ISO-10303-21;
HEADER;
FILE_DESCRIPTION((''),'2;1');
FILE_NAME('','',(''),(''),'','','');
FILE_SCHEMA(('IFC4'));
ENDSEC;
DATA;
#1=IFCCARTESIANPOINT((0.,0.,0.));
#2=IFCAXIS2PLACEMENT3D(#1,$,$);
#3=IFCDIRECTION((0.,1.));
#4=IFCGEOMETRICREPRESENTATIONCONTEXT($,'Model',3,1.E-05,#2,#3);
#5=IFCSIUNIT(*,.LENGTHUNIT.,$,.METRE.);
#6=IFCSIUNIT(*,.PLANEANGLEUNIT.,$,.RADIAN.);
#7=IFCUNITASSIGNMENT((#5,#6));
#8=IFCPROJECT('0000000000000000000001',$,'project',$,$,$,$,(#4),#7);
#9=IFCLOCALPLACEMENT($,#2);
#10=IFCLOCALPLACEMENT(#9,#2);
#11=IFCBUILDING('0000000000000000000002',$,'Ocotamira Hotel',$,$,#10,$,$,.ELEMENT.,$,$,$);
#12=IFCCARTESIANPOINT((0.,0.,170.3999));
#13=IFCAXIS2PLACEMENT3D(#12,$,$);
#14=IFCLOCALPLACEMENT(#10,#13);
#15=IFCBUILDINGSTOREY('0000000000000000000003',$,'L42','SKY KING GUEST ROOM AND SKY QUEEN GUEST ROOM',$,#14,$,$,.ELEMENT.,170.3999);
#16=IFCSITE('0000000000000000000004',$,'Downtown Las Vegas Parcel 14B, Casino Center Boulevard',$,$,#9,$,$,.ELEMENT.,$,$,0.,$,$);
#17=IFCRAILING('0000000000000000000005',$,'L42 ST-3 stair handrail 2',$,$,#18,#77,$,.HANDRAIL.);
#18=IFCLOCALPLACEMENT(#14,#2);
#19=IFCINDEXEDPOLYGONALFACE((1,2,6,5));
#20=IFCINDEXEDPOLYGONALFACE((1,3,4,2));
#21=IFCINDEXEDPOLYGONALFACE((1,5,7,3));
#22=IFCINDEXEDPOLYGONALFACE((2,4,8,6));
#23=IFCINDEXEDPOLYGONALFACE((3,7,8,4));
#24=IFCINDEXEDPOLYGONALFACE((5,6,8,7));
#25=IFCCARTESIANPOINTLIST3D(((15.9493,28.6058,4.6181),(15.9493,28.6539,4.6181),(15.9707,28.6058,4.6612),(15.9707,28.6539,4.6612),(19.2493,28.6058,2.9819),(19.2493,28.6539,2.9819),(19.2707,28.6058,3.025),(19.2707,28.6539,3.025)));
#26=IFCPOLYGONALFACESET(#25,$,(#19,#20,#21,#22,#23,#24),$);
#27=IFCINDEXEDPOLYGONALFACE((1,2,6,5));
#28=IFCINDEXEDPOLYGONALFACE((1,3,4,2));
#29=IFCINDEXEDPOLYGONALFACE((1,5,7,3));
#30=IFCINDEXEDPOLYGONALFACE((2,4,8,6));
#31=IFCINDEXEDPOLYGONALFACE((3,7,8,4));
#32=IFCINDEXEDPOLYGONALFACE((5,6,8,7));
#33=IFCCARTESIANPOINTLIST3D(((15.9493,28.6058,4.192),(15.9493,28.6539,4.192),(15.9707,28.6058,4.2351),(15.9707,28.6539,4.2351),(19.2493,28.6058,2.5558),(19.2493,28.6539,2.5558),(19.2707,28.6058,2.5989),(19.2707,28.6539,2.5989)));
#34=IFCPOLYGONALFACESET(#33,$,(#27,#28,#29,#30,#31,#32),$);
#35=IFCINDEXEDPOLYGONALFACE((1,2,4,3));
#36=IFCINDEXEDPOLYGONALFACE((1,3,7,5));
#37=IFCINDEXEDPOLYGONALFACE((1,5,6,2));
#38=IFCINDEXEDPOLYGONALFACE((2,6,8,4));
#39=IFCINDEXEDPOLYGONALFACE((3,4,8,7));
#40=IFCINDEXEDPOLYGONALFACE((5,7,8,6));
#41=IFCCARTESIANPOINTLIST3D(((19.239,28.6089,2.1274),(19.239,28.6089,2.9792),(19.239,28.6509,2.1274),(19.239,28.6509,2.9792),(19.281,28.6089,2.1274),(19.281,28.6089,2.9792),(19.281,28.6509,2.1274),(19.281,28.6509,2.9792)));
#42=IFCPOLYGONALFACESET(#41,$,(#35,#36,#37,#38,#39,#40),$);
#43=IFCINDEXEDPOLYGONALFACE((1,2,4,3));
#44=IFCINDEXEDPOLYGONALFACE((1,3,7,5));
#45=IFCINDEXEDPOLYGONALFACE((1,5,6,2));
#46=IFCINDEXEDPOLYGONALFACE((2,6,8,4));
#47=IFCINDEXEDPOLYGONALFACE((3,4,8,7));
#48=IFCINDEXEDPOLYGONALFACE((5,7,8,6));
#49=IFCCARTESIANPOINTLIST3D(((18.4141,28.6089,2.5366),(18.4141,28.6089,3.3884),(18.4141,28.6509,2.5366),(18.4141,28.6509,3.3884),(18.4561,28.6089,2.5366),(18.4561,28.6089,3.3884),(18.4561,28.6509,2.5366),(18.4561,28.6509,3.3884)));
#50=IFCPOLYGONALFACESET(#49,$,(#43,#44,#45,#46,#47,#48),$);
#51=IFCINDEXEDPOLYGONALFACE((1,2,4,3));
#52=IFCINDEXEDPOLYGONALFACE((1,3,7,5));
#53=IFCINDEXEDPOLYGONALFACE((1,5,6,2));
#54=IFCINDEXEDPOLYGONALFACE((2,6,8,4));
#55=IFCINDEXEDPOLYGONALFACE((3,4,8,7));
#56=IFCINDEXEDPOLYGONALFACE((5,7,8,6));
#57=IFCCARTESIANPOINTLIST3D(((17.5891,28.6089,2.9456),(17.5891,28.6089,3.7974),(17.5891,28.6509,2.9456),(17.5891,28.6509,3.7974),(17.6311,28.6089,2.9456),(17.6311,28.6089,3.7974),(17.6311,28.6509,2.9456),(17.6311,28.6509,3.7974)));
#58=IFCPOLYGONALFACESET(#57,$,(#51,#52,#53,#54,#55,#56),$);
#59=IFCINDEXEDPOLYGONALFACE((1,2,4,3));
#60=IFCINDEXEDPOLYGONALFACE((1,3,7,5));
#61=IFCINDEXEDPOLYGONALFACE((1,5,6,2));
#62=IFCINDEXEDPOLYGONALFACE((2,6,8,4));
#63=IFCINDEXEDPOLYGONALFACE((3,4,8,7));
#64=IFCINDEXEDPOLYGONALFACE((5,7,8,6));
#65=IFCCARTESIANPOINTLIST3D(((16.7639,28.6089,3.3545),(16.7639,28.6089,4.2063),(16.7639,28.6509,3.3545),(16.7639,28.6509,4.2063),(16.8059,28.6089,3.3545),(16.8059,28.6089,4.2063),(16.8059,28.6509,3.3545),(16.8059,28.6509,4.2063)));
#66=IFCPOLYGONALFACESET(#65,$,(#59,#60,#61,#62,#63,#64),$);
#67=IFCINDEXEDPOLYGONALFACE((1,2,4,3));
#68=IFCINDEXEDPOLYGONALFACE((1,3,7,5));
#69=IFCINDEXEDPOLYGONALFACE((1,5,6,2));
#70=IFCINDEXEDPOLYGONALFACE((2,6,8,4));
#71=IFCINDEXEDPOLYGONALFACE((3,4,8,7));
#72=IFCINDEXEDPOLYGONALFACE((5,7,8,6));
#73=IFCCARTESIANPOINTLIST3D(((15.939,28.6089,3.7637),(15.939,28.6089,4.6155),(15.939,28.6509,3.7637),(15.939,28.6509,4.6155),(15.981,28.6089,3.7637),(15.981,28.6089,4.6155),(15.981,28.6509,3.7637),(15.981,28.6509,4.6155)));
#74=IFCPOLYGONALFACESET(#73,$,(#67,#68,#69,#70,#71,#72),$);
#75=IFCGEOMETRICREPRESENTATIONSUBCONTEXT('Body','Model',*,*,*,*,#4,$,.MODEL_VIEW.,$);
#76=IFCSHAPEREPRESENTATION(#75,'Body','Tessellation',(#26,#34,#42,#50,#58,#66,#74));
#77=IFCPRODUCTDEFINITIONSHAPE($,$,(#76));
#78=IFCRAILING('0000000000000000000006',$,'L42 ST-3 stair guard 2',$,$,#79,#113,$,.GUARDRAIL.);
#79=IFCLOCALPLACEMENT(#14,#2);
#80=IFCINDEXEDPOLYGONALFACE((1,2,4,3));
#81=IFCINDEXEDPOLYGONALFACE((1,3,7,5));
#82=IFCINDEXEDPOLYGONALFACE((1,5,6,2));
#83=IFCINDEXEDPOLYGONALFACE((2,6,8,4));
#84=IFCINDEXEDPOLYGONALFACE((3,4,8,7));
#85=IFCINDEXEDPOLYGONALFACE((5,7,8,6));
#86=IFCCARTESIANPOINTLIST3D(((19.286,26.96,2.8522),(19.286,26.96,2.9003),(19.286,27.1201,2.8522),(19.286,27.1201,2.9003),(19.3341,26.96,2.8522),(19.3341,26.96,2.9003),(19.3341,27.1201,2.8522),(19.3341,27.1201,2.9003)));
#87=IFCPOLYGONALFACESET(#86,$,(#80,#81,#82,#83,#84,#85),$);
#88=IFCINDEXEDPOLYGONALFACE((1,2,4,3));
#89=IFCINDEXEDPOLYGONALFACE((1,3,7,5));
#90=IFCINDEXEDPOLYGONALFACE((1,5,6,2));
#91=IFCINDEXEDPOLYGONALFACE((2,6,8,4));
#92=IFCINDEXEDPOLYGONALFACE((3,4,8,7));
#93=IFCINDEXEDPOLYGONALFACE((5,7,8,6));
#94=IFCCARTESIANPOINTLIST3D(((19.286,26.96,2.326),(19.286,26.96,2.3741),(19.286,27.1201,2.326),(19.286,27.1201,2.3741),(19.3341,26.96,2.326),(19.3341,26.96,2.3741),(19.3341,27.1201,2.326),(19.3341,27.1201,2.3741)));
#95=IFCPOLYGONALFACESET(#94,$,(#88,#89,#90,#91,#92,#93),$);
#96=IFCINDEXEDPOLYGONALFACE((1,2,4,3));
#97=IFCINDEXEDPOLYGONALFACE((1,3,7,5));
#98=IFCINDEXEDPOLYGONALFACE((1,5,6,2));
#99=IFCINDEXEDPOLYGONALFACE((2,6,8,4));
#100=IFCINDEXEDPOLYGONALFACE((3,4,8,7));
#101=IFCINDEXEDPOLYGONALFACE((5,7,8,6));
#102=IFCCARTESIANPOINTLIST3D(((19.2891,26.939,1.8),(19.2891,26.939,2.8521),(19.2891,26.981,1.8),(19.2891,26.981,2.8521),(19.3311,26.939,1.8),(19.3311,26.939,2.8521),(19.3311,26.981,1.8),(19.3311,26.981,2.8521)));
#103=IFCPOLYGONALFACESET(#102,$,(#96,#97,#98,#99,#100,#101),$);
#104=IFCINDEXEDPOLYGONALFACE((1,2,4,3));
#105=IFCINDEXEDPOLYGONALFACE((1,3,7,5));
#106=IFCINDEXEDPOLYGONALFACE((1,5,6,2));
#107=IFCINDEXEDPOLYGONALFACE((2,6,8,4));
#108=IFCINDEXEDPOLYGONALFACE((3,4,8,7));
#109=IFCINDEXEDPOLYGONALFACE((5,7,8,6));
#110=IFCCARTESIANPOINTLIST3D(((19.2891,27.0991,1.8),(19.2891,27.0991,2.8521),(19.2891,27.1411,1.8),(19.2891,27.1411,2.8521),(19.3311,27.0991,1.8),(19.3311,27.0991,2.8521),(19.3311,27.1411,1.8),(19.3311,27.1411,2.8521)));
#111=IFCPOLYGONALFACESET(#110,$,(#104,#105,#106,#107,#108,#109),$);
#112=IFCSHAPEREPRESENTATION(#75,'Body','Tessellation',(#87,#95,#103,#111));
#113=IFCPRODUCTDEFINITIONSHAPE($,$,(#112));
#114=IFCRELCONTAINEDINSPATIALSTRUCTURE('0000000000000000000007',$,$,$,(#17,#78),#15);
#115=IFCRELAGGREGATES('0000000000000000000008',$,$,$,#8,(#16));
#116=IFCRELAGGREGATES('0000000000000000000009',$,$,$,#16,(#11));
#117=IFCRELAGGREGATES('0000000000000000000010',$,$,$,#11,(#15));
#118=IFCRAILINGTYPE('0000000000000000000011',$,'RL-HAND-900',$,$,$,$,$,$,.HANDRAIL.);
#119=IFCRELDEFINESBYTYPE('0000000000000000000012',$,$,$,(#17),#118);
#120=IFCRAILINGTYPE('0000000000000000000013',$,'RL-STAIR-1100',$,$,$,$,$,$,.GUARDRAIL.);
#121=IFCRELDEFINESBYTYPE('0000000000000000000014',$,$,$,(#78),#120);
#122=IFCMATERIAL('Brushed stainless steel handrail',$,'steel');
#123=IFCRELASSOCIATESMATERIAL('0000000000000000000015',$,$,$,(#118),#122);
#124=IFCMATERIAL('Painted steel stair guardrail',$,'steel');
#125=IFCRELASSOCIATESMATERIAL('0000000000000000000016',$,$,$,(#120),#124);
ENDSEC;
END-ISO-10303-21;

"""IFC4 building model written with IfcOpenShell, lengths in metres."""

from ifc_helpers import new_model, si_unit, direction, frame, origin, origin_2d, place, context, subcontext, project, spatial, rectangle, extrude, material, type_object, element, save


model = new_model("IFC4")

# Units and contexts
model_context = context("Model", 3, precision=1e-05, world=origin(), true_north=direction((0.0, 1.0)))
body_context = subcontext(model_context, "Body", "Model", "MODEL_VIEW")
ifc_project = project(units=[si_unit("LENGTHUNIT", "METRE"), si_unit("PLANEANGLEUNIT", "RADIAN")], contexts=[model_context])

# Site, building, storey
site_placement = place(None, origin())
site = spatial("IfcSite", under=ifc_project, at=site_placement, Name="Downtown Las Vegas Parcel 14B, Casino Center Boulevard", CompositionType="ELEMENT", RefElevation=0.0)
building_placement = place(site_placement, origin())
building = spatial("IfcBuilding", under=site, at=building_placement, Name="Ocotamira Hotel", CompositionType="ELEMENT")
storey_placement = place(building_placement, frame((0.0, 0.0, 170.3999)))
storey = spatial("IfcBuildingStorey", under=building, at=storey_placement, Name="L42", Description="SKY KING GUEST ROOM AND SKY QUEEN GUEST ROOM", CompositionType="ELEMENT", Elevation=170.3999)

# Railings
ifc_material_1 = material(Name="Brushed stainless steel handrail", Category="steel")
railing_type_1 = type_object("IfcRailingType", Name="RL-HAND-900", PredefinedType="HANDRAIL", material=ifc_material_1)
railing_1_placement = place(storey_placement, frame((19.26, 28.6299, 2.1274)))
element("IfcRailing", 1, at=railing_1_placement, inside=storey, type_object=railing_type_1, Name="L42 ST-3 stair handrail 2", PredefinedType="HANDRAIL", context=body_context, shape_type="SweptSolid", body=[
    extrude(rectangle(XDim=0.0481, YDim=0.0481, at=origin_2d()), frame((0.0, 0.0, 0.876), z_axis=(-0.89592, 0.0, 0.444215), x_axis=(0.0, -1.0, 0.0)), (0.0, 0.0, 1.0), 3.6833),
    extrude(rectangle(XDim=0.0481, YDim=0.0481, at=origin_2d()), frame((0.0, 0.0, 0.45), z_axis=(-0.89592, 0.0, 0.444215), x_axis=(0.0, -1.0, 0.0)), (0.0, 0.0, 1.0), 3.6833),
    extrude(rectangle(XDim=0.042, YDim=0.042, at=origin_2d()), origin(), (0.0, 0.0, 1.0), 0.8518),
    extrude(rectangle(XDim=0.042, YDim=0.042, at=origin_2d()), frame((-0.825, 0.0, 0.4092)), (0.0, 0.0, 1.0), 0.8518),
    extrude(rectangle(XDim=0.042, YDim=0.042, at=origin_2d()), frame((-1.6499, 0.0, 0.8181)), (0.0, 0.0, 1.0), 0.8518),
    extrude(rectangle(XDim=0.042, YDim=0.042, at=origin_2d()), frame((-2.4751, 0.0, 1.2271)), (0.0, 0.0, 1.0), 0.8518),
    extrude(rectangle(XDim=0.042, YDim=0.042, at=origin_2d()), frame((-3.3, 0.0, 1.6362)), (0.0, 0.0, 1.0), 0.8518),
])
ifc_material_2 = material(Name="Painted steel stair guardrail", Category="steel")
railing_type_2 = type_object("IfcRailingType", Name="RL-STAIR-1100", PredefinedType="GUARDRAIL", material=ifc_material_2)
railing_2_placement = place(storey_placement, frame((19.3101, 26.96, 1.8)))
element("IfcRailing", 2, at=railing_2_placement, inside=storey, type_object=railing_type_2, Name="L42 ST-3 stair guard 2", PredefinedType="GUARDRAIL", context=body_context, shape_type="SweptSolid", body=[
    extrude(rectangle(XDim=0.0481, YDim=0.0481, at=origin_2d()), frame((0.0, 0.0, 1.0762), z_axis=(0.0, 1.0, 0.0), x_axis=(-1.0, 0.0, 0.0)), (0.0, 0.0, 1.0), 0.1602),
    extrude(rectangle(XDim=0.0481, YDim=0.0481, at=origin_2d()), frame((0.0, 0.0, 0.55), z_axis=(0.0, 1.0, 0.0), x_axis=(-1.0, 0.0, 0.0)), (0.0, 0.0, 1.0), 0.1602),
    extrude(rectangle(XDim=0.042, YDim=0.042, at=origin_2d()), origin(), (0.0, 0.0, 1.0), 1.052),
    extrude(rectangle(XDim=0.042, YDim=0.042, at=origin_2d()), frame((0.0, 0.1602, 0.0)), (0.0, 0.0, 1.0), 1.052),
])

save(model, "model.ifc")
